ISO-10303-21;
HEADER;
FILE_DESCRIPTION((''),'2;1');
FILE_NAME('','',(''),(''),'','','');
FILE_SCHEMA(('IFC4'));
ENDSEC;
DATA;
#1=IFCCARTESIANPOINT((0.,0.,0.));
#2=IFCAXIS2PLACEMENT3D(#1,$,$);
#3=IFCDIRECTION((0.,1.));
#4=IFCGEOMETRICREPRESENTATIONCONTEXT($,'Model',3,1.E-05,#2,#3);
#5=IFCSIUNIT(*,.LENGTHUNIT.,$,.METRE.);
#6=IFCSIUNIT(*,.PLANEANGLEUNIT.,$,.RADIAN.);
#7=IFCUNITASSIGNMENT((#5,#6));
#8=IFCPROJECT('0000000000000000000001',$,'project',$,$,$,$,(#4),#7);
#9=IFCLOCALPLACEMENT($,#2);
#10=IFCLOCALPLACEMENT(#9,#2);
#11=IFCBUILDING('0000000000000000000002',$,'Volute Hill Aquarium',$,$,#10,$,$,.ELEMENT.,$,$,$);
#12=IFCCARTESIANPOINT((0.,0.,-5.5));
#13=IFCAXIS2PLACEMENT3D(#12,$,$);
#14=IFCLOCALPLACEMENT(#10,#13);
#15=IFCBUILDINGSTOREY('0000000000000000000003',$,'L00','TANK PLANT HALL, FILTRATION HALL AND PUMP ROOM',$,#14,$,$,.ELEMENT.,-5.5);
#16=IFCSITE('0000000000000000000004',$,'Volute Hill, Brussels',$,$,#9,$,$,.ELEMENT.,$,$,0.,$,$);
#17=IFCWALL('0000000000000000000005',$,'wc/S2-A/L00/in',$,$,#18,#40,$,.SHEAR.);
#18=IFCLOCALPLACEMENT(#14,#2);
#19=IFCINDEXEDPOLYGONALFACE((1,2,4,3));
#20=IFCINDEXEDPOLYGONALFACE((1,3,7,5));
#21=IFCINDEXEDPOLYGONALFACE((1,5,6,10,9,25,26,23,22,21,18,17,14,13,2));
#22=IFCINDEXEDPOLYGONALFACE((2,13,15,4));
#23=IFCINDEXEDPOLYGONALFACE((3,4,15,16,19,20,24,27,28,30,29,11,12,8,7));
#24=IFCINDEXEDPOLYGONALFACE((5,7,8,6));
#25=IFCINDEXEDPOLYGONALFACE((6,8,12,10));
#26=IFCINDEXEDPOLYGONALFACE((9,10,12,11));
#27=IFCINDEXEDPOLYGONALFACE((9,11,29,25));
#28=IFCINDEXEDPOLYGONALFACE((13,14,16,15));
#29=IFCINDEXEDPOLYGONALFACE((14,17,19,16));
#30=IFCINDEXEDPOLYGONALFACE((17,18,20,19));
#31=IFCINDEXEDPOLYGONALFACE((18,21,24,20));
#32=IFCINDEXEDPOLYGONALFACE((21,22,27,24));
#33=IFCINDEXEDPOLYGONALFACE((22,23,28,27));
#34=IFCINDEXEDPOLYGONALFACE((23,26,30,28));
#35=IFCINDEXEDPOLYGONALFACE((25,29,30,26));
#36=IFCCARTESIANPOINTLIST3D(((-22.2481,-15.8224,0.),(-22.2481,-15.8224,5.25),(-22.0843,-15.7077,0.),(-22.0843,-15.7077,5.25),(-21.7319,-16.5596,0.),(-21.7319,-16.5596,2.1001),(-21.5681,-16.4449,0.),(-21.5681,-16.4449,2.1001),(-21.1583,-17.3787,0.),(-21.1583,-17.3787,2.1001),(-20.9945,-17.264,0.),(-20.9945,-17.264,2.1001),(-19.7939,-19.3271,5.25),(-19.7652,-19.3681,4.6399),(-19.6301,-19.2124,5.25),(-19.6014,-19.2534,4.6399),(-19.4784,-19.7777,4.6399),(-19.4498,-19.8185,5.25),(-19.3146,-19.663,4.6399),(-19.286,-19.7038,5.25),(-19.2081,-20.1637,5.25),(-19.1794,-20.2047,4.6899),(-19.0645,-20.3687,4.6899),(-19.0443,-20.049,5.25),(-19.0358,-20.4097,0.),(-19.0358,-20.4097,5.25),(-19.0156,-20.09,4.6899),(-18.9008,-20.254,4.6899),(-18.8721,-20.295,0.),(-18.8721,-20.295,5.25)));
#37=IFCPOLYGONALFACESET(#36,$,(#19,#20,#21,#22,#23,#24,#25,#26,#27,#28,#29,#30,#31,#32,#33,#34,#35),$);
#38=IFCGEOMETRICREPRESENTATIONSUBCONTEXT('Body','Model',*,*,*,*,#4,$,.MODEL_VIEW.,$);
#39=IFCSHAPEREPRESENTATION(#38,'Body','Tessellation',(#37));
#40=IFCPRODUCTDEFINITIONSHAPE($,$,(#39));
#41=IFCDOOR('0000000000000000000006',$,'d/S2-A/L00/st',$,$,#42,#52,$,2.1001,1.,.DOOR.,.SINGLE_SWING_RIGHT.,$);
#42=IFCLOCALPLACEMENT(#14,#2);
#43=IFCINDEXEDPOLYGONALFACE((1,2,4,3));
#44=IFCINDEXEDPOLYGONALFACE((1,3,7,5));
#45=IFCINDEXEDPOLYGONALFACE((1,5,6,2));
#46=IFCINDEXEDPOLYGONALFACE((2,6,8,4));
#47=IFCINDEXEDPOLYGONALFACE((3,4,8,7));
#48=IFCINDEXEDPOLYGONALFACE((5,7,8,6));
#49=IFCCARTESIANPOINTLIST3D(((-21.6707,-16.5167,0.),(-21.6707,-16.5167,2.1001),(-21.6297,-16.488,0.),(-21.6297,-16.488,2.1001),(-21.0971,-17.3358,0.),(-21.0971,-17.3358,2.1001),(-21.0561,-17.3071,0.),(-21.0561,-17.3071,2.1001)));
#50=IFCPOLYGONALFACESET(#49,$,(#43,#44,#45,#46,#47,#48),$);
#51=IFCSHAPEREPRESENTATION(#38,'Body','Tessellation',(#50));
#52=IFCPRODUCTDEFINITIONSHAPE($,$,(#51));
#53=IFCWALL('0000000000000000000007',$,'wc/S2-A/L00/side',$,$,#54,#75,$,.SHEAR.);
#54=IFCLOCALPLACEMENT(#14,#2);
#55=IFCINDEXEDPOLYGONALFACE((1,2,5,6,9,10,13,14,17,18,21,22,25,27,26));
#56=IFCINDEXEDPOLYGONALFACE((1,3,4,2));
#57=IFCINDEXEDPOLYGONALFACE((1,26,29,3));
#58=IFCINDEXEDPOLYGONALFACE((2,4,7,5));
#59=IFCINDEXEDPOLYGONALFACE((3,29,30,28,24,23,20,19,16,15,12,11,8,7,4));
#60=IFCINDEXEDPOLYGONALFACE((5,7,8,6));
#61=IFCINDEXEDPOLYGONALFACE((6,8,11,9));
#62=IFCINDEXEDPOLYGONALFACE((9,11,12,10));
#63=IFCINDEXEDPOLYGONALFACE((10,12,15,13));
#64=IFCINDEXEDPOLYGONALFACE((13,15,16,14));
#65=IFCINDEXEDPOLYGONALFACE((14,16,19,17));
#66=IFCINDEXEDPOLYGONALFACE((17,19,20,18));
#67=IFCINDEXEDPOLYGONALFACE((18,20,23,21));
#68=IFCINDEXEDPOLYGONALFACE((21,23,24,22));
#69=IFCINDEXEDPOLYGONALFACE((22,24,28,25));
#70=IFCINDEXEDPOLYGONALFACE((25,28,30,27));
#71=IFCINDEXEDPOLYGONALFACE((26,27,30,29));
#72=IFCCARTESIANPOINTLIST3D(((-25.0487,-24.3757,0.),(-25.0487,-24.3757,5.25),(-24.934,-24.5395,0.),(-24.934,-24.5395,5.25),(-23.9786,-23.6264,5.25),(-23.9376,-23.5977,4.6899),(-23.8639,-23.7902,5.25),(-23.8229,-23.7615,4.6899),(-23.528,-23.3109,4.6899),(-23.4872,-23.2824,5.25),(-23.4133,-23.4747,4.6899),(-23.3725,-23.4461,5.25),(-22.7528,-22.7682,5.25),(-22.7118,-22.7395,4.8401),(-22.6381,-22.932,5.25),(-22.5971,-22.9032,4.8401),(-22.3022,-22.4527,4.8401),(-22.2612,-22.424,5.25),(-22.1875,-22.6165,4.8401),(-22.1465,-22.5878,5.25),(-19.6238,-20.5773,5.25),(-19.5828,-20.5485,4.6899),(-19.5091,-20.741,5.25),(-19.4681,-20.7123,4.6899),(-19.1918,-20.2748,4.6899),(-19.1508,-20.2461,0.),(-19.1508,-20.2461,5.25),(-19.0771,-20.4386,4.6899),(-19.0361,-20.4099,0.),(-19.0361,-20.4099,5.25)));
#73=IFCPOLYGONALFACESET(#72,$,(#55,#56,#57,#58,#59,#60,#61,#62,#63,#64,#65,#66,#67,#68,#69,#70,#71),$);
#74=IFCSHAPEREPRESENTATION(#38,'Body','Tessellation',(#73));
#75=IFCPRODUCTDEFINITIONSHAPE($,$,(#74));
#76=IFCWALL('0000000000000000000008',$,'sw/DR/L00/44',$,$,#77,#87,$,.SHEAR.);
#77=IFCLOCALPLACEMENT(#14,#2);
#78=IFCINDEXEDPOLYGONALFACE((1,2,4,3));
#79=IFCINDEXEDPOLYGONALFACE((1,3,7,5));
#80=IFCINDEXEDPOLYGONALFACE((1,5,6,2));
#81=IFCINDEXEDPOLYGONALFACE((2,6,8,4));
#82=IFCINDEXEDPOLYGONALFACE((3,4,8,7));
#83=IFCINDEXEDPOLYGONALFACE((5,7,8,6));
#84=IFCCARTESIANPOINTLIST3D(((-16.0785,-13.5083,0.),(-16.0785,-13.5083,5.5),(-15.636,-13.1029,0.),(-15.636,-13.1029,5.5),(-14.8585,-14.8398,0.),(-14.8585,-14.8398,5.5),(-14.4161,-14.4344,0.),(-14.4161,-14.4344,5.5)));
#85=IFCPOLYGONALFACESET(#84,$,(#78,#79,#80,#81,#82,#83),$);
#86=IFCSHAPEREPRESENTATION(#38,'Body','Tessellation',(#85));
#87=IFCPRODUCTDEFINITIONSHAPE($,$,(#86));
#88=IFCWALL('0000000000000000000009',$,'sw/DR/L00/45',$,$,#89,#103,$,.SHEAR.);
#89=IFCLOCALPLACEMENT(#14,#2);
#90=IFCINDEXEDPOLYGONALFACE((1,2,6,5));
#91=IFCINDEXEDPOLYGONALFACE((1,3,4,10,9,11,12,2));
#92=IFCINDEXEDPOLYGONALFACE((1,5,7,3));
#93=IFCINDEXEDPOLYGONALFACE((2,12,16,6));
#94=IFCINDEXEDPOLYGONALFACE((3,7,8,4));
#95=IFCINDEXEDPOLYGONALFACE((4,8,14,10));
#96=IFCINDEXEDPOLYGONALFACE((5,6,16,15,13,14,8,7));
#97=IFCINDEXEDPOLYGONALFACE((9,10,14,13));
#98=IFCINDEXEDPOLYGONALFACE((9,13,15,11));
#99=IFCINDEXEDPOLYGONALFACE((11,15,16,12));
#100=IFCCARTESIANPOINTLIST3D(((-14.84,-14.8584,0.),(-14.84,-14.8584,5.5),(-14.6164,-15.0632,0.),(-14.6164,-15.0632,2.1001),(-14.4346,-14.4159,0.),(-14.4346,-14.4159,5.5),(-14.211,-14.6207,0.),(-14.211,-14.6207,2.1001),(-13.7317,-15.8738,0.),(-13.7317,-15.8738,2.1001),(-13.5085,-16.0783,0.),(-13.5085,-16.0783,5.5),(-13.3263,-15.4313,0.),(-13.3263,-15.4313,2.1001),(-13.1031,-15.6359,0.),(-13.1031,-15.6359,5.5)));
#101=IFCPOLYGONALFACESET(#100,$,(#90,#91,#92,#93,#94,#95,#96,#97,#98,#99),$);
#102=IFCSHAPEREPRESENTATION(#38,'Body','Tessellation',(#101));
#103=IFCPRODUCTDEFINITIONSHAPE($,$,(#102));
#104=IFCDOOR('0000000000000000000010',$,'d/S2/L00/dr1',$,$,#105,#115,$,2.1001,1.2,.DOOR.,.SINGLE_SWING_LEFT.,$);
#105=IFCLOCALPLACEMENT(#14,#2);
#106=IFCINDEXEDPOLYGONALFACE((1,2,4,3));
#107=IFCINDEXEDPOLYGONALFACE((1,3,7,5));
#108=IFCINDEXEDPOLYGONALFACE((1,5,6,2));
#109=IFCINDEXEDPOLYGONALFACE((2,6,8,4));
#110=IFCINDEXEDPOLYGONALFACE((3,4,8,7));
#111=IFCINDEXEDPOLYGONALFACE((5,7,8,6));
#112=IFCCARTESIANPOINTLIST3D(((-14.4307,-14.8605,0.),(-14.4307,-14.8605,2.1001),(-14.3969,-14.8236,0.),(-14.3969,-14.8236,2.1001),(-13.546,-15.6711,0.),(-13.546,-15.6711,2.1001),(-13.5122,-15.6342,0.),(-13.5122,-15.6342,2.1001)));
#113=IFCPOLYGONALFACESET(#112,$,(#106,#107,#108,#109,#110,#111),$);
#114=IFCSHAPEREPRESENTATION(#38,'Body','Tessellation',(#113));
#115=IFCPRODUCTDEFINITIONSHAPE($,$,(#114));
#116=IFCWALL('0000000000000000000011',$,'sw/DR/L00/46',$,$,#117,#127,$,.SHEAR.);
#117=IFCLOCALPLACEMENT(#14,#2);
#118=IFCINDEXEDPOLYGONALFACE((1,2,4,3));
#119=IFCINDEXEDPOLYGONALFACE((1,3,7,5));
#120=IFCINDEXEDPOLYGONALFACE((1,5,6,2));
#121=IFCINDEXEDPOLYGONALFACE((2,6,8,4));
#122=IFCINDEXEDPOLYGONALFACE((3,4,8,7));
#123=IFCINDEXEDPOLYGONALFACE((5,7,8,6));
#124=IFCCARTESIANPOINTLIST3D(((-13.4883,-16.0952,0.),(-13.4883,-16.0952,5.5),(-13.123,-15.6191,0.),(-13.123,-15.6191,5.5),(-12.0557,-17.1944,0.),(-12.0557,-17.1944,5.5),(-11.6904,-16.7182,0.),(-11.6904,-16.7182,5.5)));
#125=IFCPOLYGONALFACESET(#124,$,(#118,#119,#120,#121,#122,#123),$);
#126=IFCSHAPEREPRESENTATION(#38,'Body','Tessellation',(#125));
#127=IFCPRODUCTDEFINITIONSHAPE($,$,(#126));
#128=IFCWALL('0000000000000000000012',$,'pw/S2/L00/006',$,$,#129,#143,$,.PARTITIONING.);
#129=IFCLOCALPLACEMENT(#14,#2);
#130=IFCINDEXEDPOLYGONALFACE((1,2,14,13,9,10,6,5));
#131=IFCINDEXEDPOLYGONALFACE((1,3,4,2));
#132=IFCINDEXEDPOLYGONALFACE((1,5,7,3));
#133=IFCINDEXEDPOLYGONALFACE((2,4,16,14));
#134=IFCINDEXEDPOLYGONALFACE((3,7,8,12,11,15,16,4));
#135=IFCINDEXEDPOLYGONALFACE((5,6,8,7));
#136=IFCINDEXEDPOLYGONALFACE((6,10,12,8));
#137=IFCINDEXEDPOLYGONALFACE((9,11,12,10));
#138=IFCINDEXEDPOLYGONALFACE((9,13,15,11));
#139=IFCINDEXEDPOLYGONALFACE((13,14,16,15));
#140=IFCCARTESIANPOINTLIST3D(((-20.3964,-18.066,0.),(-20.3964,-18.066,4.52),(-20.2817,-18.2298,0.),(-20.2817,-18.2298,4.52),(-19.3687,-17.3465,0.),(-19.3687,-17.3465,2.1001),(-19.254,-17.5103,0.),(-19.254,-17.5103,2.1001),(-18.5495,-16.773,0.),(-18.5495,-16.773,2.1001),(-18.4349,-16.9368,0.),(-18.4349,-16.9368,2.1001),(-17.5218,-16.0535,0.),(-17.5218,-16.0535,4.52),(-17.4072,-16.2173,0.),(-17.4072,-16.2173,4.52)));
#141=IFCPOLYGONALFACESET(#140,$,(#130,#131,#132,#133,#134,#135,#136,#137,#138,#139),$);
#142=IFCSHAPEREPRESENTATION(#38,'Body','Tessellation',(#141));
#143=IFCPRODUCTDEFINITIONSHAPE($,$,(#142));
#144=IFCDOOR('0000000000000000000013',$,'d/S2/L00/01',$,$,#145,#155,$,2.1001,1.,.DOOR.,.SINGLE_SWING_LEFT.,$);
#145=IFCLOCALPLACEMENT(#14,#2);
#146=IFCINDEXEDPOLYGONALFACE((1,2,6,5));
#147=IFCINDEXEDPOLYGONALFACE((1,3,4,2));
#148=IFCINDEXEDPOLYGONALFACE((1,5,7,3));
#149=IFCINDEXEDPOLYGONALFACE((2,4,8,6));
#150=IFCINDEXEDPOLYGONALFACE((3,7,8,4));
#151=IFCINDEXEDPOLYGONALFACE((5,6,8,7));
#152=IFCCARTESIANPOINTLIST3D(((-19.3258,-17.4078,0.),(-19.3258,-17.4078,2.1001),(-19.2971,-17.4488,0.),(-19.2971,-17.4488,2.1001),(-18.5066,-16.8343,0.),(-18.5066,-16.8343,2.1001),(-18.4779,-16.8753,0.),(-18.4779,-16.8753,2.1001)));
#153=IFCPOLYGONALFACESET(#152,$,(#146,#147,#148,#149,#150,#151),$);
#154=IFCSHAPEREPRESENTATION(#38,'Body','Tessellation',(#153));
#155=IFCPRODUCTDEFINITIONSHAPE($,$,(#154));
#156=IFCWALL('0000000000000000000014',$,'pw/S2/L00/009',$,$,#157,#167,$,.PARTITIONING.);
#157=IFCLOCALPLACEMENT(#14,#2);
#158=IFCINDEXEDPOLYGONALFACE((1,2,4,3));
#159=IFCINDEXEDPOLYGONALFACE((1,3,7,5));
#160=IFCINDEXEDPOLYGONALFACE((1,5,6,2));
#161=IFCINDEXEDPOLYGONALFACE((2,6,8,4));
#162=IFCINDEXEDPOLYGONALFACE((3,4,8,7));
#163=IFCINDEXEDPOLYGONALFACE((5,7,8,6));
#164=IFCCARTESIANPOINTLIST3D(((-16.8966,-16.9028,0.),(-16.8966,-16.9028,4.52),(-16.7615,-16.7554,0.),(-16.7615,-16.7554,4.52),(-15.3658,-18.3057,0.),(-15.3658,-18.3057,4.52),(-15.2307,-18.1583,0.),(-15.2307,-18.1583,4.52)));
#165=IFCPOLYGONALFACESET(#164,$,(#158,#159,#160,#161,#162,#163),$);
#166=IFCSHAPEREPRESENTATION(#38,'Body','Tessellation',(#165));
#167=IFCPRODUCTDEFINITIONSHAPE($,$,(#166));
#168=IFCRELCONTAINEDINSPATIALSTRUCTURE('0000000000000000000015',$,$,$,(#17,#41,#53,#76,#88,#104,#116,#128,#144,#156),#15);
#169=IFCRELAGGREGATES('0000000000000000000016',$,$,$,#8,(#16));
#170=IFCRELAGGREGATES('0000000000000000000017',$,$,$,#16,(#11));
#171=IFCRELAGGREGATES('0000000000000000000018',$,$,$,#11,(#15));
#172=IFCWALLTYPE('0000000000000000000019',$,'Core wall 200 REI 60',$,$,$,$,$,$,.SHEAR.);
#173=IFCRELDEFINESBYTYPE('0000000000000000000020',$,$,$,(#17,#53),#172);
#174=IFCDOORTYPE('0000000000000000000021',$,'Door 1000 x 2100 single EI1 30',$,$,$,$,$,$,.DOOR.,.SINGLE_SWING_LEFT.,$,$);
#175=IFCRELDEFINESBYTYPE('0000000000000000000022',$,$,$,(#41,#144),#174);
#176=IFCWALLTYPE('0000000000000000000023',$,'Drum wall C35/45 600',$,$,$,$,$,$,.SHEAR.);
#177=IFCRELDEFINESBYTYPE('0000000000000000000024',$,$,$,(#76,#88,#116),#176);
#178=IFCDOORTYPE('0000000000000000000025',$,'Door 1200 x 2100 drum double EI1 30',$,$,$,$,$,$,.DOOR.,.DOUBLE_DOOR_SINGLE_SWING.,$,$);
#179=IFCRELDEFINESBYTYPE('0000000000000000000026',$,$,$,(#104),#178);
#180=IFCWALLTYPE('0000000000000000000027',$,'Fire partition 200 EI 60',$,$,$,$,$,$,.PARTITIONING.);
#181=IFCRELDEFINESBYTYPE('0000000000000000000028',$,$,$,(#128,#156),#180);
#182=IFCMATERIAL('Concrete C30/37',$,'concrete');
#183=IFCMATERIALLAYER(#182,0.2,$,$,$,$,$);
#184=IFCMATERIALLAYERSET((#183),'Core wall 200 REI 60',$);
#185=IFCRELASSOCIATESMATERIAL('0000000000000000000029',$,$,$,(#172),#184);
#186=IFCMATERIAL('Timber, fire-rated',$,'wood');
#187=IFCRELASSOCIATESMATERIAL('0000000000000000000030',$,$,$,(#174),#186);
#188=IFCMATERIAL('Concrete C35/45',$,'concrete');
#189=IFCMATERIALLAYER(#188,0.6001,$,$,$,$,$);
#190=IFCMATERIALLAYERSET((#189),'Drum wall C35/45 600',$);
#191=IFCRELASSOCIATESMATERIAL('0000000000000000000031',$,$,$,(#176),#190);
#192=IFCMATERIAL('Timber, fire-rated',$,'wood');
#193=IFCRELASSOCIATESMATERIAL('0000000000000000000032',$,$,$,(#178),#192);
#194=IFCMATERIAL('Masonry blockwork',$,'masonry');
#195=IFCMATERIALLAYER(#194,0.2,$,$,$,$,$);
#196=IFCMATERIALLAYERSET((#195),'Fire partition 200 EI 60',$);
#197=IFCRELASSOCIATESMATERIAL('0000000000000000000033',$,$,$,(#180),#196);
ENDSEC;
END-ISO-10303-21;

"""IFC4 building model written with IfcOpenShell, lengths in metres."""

from ifc_helpers import new_model, si_unit, direction, frame, frame_2d, origin, place, context, subcontext, project, spatial, polyline, rectangle, outline, extrude, material, layer, layer_set, type_object, element, fill, save


model = new_model("IFC4")

# Units and contexts
model_context = context("Model", 3, precision=1e-05, world=origin(), true_north=direction((0.0, 1.0)))
body_context = subcontext(model_context, "Body", "Model", "MODEL_VIEW")
ifc_project = project(units=[si_unit("LENGTHUNIT", "METRE"), si_unit("PLANEANGLEUNIT", "RADIAN")], contexts=[model_context])

# Site, building, storey
site_placement = place(None, origin())
site = spatial("IfcSite", under=ifc_project, at=site_placement, Name="Volute Hill, Brussels", CompositionType="ELEMENT", RefElevation=0.0)
building_placement = place(site_placement, origin())
building = spatial("IfcBuilding", under=site, at=building_placement, Name="Volute Hill Aquarium", CompositionType="ELEMENT")
storey_placement = place(building_placement, frame((0.0, 0.0, -5.5)))
storey = spatial("IfcBuildingStorey", under=building, at=storey_placement, Name="L00", Description="TANK PLANT HALL, FILTRATION HALL AND PUMP ROOM", CompositionType="ELEMENT", Elevation=-5.5)

# Wall, opening, door
ifc_material_1 = material(Name="Concrete C30/37", Category="concrete")
ifc_layer_1 = layer(ifc_material_1, 0.2)
ifc_layer_set_1 = layer_set([ifc_layer_1], Name="Core wall 200 REI 60")
wall_type_1 = type_object("IfcWallType", Name="Core wall 200 REI 60", PredefinedType="SHEAR", material=ifc_layer_set_1)
wall_1_placement = place(storey_placement, frame((-22.1663, -15.7651, 0.0), z_axis=(0.0, 0.0, 1.0), x_axis=(0.5736, -0.819136, 0.0)))
wall_1 = element("IfcWall", 1, at=wall_1_placement, inside=storey, type_object=wall_type_1, Name="wc/S2-A/L00/in", PredefinedType="SHEAR", context=body_context, shape_type="SweptSolid", body=[
    extrude(outline(polyline([(0.0, 0.0), (5.6001, 0.0), (5.6001, 5.25), (5.55, 4.6899), (5.3499, 4.6899), (5.2998, 5.25), (4.8784, 5.25), (4.8286, 4.6399), (4.3286, 4.6399), (4.2786, 5.25), (0.0, 5.25), (0.0, 0.0)])), frame((0.0, 0.1001, 0.0), z_axis=(0.0, -1.0, 0.0), x_axis=(1.0, 0.0, 0.0)), (0.0, 0.0, 1.0), 0.2),
])
opening_1_placement = place(wall_1_placement, frame((0.8999, 0.0, 0.0)))
opening_1 = element("IfcOpeningElement", 2, at=opening_1_placement, cuts=wall_1, PredefinedType="OPENING", context=body_context, shape_type="SweptSolid", body=[
    extrude(rectangle(XDim=1.0, YDim=2.1001, at=frame_2d((0.5, 1.05))), frame((0.0, 0.1099, 0.0), z_axis=(0.0, -1.0, 0.0), x_axis=(1.0, 0.0, 0.0)), (0.0, 0.0, 1.0), 0.22),
])
ifc_material_2 = material(Name="Timber, fire-rated", Category="wood")
door_type_1 = type_object("IfcDoorType", Name="Door 1000 x 2100 single EI1 30", OperationType="SINGLE_SWING_LEFT", PredefinedType="DOOR", material=ifc_material_2)
door_1_placement = place(opening_1_placement, origin())
door_1 = element("IfcDoor", 3, at=door_1_placement, inside=storey, type_object=door_type_1, Name="d/S2-A/L00/st", OperationType="SINGLE_SWING_RIGHT", OverallHeight=2.1001, OverallWidth=1.0, PredefinedType="DOOR", context=body_context, shape_type="SweptSolid", body=[
    extrude(rectangle(XDim=1.0, YDim=2.1001, at=frame_2d((0.5, 1.05))), frame((0.0, 0.0249, 0.0), z_axis=(0.0, -1.0, 0.0), x_axis=(1.0, 0.0, 0.0)), (0.0, 0.0, 1.0), 0.05),
])
fill(opening_1, door_1)

# Walls
wall_2_placement = place(storey_placement, frame((-19.0935, -20.3279, 0.0), z_axis=(0.0, 0.0, 1.0), x_axis=(-0.819162, -0.573562, 0.0)))
element("IfcWall", 4, at=wall_2_placement, inside=storey, type_object=wall_type_1, Name="wc/S2-A/L00/side", PredefinedType="SHEAR", context=body_context, shape_type="SweptSolid", body=[
    extrude(outline(polyline([(0.0, 0.0), (7.2, 0.0), (7.2, 5.25), (5.8936, 5.25), (5.8435, 4.6899), (5.3435, 4.6899), (5.2937, 5.25), (4.3972, 5.25), (4.3472, 4.8401), (3.8472, 4.8401), (3.7971, 5.25), (0.5774, 5.25), (0.5273, 4.6899), (0.05, 4.6899), (0.0, 5.25), (0.0, 0.0)])), frame((0.0, 0.1001, 0.0), z_axis=(0.0, -1.0, 0.0), x_axis=(1.0, 0.0, 0.0)), (0.0, 0.0, 1.0), 0.2),
])
ifc_material_3 = material(Name="Concrete C35/45", Category="concrete")
ifc_layer_2 = layer(ifc_material_3, 0.6001)
ifc_layer_set_2 = layer_set([ifc_layer_2], Name="Drum wall C35/45 600")
wall_type_2 = type_object("IfcWallType", Name="Drum wall C35/45 600", PredefinedType="SHEAR", material=ifc_layer_set_2)
wall_3_placement = place(storey_placement, frame((-15.8572, -13.3057, 0.0), z_axis=(0.0, 0.0, 1.0), x_axis=(0.675541, -0.737322, 0.0)))
element("IfcWall", 5, at=wall_3_placement, inside=storey, type_object=wall_type_2, Name="sw/DR/L00/44", PredefinedType="SHEAR", context=body_context, shape_type="SweptSolid", body=[
    extrude(rectangle(XDim=1.8059, YDim=0.6001, at=frame_2d((0.9028, 0.0))), origin(), (0.0, 0.0, 1.0), 5.5),
])

# Wall, opening, door
wall_4_placement = place(storey_placement, frame((-14.6372, -14.6372, 0.0), z_axis=(0.0, 0.0, 1.0), x_axis=(0.737322, -0.675541, 0.0)))
wall_4 = element("IfcWall", 6, at=wall_4_placement, inside=storey, type_object=wall_type_2, Name="sw/DR/L00/45", PredefinedType="SHEAR", context=body_context, shape_type="SweptSolid", body=[
    extrude(rectangle(XDim=1.8059, YDim=0.6001, at=frame_2d((0.9028, 0.0))), origin(), (0.0, 0.0, 1.0), 5.5),
])
opening_2_placement = place(wall_4_placement, frame((0.303, 0.0, 0.0)))
opening_2 = element("IfcOpeningElement", 7, at=opening_2_placement, cuts=wall_4, PredefinedType="OPENING", context=body_context, shape_type="SweptSolid", body=[
    extrude(rectangle(XDim=1.2, YDim=2.1001, at=frame_2d((0.6001, 1.05))), frame((0.0, 0.3101, 0.0), z_axis=(0.0, -1.0, 0.0), x_axis=(1.0, 0.0, 0.0)), (0.0, 0.0, 1.0), 0.6201),
])
ifc_material_4 = material(Name="Timber, fire-rated", Category="wood")
door_type_2 = type_object("IfcDoorType", Name="Door 1200 x 2100 drum double EI1 30", OperationType="DOUBLE_DOOR_SINGLE_SWING", PredefinedType="DOOR", material=ifc_material_4)
door_2_placement = place(opening_2_placement, origin())
door_2 = element("IfcDoor", 8, at=door_2_placement, inside=storey, type_object=door_type_2, Name="d/S2/L00/dr1", OperationType="SINGLE_SWING_LEFT", OverallHeight=2.1001, OverallWidth=1.2, PredefinedType="DOOR", context=body_context, shape_type="SweptSolid", body=[
    extrude(rectangle(XDim=1.2, YDim=2.1001, at=frame_2d((0.6001, 1.05))), frame((0.0, 0.0249, 0.0), z_axis=(0.0, -1.0, 0.0), x_axis=(1.0, 0.0, 0.0)), (0.0, 0.0, 1.0), 0.05),
])
fill(opening_2, door_2)

# Wall
wall_5_placement = place(storey_placement, frame((-13.3057, -15.8572, 0.0), z_axis=(0.0, 0.0, 1.0), x_axis=(0.793397, -0.608704, 0.0)))
element("IfcWall", 9, at=wall_5_placement, inside=storey, type_object=wall_type_2, Name="sw/DR/L00/46", PredefinedType="SHEAR", context=body_context, shape_type="SweptSolid", body=[
    extrude(rectangle(XDim=1.8057, YDim=0.6001, at=frame_2d((0.9028, 0.0))), origin(), (0.0, 0.0, 1.0), 5.5),
])

# Wall, opening, door
ifc_material_5 = material(Name="Masonry blockwork", Category="masonry")
ifc_layer_3 = layer(ifc_material_5, 0.2)
ifc_layer_set_3 = layer_set([ifc_layer_3], Name="Fire partition 200 EI 60")
wall_type_3 = type_object("IfcWallType", Name="Fire partition 200 EI 60", PredefinedType="PARTITIONING", material=ifc_layer_set_3)
wall_6_placement = place(storey_placement, frame((-17.4646, -16.1355, 0.0), z_axis=(0.0, 0.0, 1.0), x_axis=(-0.819193, -0.573518, 0.0)))
wall_6 = element("IfcWall", 10, at=wall_6_placement, inside=storey, type_object=wall_type_3, Name="pw/S2/L00/006", PredefinedType="PARTITIONING", context=body_context, shape_type="SweptSolid", body=[
    extrude(rectangle(XDim=3.509, YDim=0.2, at=frame_2d((1.7544, 0.0))), origin(), (0.0, 0.0, 1.0), 4.52),
])
opening_3_placement = place(wall_6_placement, frame((1.2544, 0.0, 0.0)))
opening_3 = element("IfcOpeningElement", 11, at=opening_3_placement, cuts=wall_6, PredefinedType="OPENING", context=body_context, shape_type="SweptSolid", body=[
    extrude(rectangle(XDim=1.0, YDim=2.1001, at=frame_2d((0.5, 1.05))), frame((0.0, 0.1099, 0.0), z_axis=(0.0, -1.0, 0.0), x_axis=(1.0, 0.0, 0.0)), (0.0, 0.0, 1.0), 0.22),
])
door_3_placement = place(opening_3_placement, origin())
door_3 = element("IfcDoor", 12, at=door_3_placement, inside=storey, type_object=door_type_1, Name="d/S2/L00/01", OperationType="SINGLE_SWING_LEFT", OverallHeight=2.1001, OverallWidth=1.0, PredefinedType="DOOR", context=body_context, shape_type="SweptSolid", body=[
    extrude(rectangle(XDim=1.0, YDim=2.1001, at=frame_2d((0.5, 1.05))), frame((0.0, 0.0249, 0.0), z_axis=(0.0, -1.0, 0.0), x_axis=(1.0, 0.0, 0.0)), (0.0, 0.0, 1.0), 0.05),
])
fill(opening_3, door_3)

# Wall
wall_7_placement = place(storey_placement, frame((-15.2983, -18.2319, 0.0), z_axis=(0.0, 0.0, 1.0), x_axis=(-0.737242, 0.675629, 0.0)))
element("IfcWall", 13, at=wall_7_placement, inside=storey, type_object=wall_type_3, Name="pw/S2/L00/009", PredefinedType="PARTITIONING", context=body_context, shape_type="SweptSolid", body=[
    extrude(rectangle(XDim=2.0764, YDim=0.2, at=frame_2d((1.0381, 0.0))), origin(), (0.0, 0.0, 1.0), 4.52),
])

save(model, "model.ifc")
